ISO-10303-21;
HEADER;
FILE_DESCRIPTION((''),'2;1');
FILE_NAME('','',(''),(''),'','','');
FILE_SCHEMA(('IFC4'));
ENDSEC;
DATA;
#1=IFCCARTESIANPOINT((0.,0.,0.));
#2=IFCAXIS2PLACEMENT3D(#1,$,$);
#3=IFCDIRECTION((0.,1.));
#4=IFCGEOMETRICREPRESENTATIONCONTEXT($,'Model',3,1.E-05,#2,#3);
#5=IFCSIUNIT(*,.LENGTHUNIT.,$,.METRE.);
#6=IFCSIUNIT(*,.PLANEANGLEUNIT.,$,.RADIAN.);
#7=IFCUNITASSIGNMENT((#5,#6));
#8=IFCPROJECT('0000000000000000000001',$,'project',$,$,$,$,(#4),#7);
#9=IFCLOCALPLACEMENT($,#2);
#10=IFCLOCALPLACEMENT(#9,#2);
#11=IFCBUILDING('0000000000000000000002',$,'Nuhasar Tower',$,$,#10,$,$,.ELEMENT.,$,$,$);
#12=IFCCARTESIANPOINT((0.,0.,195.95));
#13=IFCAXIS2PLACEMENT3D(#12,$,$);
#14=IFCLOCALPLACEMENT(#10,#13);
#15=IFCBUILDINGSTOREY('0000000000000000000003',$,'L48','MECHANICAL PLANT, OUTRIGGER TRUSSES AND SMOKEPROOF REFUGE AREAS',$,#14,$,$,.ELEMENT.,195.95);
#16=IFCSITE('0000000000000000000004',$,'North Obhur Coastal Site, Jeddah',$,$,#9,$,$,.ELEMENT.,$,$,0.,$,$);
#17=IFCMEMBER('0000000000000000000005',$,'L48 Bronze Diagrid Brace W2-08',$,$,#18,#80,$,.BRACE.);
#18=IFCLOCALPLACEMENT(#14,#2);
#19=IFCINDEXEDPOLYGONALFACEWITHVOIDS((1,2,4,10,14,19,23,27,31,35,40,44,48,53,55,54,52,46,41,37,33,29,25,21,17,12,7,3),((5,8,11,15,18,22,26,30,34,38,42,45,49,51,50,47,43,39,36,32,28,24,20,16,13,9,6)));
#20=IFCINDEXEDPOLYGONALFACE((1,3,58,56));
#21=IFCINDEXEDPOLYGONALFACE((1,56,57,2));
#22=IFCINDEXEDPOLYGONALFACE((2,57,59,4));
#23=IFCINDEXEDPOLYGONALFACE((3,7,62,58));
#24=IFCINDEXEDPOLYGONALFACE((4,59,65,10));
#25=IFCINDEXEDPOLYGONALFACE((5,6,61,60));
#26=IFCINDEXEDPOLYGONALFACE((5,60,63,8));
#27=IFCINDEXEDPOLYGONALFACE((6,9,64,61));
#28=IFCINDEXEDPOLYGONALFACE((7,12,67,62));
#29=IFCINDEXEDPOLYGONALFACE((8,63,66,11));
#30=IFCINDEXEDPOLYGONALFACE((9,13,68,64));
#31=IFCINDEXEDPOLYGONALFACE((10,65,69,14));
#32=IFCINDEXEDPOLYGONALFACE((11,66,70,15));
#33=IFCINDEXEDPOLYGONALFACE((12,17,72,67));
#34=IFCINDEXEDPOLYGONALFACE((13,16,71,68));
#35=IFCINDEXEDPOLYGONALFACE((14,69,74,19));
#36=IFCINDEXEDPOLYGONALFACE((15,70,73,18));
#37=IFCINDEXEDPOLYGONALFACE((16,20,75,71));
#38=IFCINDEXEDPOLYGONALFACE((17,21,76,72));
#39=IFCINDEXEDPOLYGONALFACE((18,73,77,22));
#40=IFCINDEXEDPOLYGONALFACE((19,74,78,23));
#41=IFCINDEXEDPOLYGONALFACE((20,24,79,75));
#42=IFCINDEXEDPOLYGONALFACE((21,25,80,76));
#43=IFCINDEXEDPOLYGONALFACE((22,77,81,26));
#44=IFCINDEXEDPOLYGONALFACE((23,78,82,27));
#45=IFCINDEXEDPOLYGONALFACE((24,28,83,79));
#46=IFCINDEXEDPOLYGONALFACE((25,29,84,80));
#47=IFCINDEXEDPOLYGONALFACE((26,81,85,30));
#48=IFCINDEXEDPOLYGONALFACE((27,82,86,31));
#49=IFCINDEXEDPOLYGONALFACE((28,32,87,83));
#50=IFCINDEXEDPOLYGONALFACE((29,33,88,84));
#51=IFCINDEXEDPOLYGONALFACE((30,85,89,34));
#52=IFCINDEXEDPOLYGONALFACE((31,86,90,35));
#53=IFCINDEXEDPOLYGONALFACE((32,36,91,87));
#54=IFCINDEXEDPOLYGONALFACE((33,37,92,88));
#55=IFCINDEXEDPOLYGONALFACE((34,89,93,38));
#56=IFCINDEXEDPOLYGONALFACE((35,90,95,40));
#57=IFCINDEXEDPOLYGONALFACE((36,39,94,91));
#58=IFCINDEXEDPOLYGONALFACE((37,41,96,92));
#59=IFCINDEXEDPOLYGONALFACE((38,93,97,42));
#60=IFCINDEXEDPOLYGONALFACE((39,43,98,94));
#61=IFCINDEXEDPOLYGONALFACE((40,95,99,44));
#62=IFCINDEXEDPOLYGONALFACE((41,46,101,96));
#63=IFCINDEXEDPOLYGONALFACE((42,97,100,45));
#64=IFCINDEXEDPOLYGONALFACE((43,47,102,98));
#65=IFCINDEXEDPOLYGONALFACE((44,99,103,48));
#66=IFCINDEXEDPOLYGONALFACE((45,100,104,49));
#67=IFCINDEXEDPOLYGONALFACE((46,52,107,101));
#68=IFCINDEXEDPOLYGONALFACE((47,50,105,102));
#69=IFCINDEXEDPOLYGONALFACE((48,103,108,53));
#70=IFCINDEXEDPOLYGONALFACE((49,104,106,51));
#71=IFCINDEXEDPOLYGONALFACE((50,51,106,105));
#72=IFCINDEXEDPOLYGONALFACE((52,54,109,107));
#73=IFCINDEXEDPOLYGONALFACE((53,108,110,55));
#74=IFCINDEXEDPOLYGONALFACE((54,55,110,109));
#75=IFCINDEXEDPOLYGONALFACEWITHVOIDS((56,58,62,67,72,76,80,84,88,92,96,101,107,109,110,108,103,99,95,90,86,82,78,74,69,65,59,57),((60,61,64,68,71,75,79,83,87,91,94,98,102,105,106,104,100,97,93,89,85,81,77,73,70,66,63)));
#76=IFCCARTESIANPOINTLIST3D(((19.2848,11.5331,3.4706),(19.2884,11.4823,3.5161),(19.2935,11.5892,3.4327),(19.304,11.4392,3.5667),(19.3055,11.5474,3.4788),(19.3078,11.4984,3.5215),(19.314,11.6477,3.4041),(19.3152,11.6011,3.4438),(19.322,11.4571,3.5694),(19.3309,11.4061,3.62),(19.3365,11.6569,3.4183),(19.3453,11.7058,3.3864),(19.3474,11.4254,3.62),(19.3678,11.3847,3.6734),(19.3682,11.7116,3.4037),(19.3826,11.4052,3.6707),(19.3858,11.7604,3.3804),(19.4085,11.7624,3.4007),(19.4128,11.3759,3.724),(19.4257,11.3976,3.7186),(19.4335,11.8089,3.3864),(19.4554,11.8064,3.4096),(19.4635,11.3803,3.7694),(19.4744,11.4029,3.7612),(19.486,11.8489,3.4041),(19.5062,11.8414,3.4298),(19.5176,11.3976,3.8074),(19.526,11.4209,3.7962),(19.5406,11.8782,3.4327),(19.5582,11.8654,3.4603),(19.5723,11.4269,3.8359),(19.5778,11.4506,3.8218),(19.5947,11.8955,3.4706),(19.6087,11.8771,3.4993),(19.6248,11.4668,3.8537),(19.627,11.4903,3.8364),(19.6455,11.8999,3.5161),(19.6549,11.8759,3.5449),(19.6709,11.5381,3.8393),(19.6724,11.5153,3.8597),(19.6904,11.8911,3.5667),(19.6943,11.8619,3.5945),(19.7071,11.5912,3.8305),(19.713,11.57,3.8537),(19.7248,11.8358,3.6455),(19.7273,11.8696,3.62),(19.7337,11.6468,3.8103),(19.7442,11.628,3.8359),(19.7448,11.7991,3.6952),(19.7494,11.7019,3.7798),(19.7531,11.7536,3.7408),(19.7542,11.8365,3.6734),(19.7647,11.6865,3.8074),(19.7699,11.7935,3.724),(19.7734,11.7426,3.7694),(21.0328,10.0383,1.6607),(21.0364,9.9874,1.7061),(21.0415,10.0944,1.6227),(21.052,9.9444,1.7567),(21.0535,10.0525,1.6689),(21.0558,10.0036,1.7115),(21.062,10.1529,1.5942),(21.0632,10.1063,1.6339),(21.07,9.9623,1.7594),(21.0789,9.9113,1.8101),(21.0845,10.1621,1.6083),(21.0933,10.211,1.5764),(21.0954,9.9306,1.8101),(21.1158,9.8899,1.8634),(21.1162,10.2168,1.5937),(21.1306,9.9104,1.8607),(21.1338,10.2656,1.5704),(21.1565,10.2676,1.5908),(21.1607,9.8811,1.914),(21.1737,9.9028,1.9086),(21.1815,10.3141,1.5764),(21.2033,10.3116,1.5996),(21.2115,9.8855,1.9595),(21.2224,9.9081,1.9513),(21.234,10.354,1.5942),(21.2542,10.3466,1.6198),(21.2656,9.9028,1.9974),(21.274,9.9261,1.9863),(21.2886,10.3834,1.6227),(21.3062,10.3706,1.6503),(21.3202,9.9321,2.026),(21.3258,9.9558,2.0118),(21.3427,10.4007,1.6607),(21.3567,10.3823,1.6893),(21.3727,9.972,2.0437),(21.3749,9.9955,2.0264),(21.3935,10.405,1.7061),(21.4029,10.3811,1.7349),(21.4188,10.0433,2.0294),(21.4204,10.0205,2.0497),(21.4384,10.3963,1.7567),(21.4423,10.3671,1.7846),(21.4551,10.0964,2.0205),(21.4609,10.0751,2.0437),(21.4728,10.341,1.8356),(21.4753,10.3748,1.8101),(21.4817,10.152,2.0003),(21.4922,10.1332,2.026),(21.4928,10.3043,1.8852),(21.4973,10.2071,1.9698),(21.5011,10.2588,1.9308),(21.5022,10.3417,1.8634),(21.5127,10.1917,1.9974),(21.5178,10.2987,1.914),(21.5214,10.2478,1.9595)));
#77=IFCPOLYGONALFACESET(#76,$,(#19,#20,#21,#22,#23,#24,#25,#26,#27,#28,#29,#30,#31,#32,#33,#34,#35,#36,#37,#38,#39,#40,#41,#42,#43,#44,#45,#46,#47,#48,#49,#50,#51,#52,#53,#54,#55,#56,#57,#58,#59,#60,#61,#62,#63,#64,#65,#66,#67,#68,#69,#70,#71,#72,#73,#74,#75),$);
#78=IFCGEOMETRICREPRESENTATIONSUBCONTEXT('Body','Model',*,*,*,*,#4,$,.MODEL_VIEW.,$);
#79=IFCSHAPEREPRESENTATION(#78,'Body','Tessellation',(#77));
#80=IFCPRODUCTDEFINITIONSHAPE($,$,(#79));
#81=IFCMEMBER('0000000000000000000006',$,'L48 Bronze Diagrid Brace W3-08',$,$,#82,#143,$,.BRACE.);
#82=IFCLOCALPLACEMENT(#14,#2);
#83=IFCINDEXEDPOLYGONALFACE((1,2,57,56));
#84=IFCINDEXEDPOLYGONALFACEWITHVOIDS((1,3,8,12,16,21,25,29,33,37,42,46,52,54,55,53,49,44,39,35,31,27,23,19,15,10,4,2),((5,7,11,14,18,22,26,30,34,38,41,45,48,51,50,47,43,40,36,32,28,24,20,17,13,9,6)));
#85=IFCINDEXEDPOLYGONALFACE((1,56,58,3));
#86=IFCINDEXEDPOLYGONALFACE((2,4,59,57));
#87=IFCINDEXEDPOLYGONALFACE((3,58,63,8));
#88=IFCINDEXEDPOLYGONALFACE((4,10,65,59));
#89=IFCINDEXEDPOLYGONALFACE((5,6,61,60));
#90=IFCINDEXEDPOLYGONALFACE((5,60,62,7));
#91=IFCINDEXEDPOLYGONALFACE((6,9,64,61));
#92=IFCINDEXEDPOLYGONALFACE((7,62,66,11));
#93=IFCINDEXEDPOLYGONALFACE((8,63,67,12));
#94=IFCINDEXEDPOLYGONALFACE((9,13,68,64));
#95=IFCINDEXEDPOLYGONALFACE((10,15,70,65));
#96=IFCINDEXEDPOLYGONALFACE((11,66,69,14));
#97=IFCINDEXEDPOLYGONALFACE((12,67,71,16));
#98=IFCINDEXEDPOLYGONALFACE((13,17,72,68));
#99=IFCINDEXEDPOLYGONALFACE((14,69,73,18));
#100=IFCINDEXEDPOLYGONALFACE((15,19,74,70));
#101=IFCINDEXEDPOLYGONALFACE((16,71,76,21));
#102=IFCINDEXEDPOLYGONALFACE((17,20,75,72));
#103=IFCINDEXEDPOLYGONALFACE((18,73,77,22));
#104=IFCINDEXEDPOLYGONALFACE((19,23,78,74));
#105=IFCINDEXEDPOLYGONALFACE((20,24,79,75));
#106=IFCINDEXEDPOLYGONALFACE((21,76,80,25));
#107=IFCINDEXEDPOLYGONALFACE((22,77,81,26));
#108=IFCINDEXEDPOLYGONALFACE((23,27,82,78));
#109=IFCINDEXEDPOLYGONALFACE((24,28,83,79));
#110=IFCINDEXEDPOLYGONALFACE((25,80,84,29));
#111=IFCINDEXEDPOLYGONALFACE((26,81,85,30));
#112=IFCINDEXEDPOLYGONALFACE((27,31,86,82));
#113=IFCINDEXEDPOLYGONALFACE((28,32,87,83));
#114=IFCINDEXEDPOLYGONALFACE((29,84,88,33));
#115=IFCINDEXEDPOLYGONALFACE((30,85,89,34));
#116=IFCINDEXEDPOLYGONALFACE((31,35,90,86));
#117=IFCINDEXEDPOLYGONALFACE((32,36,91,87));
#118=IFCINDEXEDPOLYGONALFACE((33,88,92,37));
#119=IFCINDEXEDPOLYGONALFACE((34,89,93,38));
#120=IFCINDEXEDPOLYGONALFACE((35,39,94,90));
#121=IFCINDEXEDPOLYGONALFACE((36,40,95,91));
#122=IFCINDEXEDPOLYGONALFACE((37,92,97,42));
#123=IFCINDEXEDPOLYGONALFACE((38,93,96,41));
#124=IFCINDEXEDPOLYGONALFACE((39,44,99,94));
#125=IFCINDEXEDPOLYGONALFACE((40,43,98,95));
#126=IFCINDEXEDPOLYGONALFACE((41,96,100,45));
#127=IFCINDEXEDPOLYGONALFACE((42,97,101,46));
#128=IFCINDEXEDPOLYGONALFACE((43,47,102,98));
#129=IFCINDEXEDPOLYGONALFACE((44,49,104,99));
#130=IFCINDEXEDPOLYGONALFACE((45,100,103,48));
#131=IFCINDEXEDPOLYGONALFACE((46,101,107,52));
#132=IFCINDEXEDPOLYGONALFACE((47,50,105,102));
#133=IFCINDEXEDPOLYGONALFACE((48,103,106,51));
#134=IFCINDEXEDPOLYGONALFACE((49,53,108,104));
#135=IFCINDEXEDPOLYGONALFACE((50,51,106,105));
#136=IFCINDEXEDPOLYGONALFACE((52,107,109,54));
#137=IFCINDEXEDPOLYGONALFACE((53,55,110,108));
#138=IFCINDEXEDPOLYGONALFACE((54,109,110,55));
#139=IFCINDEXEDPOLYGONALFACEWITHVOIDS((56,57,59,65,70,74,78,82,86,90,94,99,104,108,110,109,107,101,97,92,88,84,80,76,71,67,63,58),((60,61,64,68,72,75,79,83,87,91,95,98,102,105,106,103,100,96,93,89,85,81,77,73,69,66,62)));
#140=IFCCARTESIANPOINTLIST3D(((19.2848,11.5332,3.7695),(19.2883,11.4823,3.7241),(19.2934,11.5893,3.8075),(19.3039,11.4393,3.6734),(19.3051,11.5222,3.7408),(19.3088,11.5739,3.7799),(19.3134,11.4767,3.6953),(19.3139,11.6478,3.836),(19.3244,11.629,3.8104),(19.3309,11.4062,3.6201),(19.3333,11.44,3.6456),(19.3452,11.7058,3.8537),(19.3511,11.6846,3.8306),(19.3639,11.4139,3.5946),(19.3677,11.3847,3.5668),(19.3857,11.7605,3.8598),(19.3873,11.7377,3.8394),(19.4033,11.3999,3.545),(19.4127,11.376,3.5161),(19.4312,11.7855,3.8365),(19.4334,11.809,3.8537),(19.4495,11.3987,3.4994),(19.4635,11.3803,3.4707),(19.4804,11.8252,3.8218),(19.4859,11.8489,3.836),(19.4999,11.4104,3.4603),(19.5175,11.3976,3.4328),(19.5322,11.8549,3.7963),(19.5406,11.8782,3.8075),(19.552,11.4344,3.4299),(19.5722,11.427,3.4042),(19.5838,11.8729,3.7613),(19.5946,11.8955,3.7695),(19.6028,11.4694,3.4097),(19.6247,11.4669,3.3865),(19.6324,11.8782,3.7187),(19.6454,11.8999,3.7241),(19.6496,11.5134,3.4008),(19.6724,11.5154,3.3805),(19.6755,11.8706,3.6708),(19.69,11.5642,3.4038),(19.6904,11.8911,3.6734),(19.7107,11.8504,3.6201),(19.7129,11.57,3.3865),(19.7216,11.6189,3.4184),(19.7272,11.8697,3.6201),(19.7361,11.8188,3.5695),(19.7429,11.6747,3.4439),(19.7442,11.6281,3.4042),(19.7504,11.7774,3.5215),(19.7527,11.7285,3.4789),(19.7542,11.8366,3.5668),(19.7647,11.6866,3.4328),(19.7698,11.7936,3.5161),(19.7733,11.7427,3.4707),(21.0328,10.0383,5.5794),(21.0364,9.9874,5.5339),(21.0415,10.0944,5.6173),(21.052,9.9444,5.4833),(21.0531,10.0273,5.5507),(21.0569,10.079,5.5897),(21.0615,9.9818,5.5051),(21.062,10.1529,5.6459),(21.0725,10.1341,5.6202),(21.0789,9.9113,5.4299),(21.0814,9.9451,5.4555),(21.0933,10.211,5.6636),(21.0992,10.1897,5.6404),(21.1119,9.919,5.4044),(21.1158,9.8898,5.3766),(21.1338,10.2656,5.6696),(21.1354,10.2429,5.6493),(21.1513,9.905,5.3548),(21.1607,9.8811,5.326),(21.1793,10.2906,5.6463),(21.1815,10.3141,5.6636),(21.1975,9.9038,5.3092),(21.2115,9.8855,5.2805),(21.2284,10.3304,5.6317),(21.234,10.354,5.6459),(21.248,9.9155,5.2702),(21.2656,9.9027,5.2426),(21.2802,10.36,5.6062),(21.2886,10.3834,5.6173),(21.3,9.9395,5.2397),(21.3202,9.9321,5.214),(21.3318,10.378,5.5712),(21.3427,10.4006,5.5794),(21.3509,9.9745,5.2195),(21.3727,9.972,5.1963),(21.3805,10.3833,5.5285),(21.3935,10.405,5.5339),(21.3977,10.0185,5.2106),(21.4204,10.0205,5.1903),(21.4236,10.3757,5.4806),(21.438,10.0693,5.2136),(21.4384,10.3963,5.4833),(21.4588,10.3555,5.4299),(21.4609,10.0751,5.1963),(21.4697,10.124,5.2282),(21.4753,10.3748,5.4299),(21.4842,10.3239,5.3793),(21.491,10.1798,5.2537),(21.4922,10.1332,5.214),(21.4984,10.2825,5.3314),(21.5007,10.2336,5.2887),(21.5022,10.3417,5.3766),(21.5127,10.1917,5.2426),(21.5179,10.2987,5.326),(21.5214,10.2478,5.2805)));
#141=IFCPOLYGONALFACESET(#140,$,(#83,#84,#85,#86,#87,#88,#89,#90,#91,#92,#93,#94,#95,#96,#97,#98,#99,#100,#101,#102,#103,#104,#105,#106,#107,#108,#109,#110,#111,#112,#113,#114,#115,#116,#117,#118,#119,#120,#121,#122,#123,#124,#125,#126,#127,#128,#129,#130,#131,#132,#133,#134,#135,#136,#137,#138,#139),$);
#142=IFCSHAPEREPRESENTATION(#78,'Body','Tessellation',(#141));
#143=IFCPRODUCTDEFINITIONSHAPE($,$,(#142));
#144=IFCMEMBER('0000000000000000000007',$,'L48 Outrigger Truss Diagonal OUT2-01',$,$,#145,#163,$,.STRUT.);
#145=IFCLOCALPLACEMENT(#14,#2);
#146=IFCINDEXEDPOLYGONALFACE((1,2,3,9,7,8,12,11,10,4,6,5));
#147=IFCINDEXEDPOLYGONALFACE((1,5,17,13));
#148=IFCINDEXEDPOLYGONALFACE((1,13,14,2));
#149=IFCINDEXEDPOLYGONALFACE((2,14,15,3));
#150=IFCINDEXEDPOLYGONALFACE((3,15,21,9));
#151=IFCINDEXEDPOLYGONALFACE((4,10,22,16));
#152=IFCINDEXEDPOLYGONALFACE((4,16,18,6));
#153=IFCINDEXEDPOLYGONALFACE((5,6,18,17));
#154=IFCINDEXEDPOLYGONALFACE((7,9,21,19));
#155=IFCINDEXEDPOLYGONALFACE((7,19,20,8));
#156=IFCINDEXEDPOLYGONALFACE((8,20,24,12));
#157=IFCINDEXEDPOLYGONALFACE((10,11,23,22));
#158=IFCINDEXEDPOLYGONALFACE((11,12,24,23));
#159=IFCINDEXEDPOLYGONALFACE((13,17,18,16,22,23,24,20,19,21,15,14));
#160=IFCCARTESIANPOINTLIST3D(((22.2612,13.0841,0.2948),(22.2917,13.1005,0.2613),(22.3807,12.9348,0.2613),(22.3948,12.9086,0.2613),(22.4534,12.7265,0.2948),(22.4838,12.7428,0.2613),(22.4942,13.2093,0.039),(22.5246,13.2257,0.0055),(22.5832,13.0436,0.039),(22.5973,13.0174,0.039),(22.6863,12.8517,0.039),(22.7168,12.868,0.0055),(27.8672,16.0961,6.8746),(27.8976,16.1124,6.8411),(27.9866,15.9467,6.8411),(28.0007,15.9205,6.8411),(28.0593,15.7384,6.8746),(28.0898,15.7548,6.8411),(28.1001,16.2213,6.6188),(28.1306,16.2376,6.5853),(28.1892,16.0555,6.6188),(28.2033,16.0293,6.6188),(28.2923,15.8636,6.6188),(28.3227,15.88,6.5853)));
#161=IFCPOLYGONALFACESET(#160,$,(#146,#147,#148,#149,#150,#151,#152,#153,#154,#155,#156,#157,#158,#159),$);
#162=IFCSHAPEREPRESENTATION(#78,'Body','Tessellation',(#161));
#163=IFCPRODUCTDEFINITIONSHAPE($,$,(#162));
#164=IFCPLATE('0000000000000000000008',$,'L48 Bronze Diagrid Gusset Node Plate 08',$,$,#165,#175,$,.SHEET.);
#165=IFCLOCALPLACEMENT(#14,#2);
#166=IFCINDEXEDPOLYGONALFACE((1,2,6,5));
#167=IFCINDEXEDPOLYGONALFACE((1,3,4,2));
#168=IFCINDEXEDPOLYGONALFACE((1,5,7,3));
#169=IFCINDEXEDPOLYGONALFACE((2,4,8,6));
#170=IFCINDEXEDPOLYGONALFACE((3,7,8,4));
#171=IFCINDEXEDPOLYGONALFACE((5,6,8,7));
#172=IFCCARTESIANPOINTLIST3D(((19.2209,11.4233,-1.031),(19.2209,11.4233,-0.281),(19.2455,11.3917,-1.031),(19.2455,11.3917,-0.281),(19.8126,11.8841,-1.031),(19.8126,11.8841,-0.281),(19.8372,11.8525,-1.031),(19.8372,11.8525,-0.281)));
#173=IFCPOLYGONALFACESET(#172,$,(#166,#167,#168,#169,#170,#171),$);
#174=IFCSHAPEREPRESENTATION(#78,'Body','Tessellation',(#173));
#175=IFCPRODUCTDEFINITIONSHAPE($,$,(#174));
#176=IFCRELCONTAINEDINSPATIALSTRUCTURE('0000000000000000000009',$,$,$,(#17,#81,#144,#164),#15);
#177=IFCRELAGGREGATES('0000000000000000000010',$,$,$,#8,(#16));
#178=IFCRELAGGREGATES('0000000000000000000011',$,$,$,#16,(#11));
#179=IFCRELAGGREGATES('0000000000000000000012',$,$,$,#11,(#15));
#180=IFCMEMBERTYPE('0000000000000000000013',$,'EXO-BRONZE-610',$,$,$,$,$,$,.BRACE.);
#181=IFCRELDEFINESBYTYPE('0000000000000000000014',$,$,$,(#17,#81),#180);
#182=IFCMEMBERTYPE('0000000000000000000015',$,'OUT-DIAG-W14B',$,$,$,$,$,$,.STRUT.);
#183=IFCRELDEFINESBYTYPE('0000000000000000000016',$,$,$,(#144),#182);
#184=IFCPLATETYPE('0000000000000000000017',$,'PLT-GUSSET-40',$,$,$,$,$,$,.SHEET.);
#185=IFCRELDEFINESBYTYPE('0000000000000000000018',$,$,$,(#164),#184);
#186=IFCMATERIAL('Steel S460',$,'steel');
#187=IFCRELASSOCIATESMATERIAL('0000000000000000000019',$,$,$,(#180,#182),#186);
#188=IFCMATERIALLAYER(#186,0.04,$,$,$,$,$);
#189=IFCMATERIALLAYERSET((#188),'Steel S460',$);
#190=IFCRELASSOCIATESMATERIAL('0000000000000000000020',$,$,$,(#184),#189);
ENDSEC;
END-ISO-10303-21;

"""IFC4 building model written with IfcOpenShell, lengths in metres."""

from ifc_helpers import new_model, si_unit, direction, frame, origin, origin_2d, place, context, subcontext, project, spatial, rectangle, hollow_circle, i_section, extrude, material, layer, layer_set, material_profile, profile_set, type_object, element, save


model = new_model("IFC4")

# Units and contexts
model_context = context("Model", 3, precision=1e-05, world=origin(), true_north=direction((0.0, 1.0)))
body_context = subcontext(model_context, "Body", "Model", "MODEL_VIEW")
ifc_project = project(units=[si_unit("LENGTHUNIT", "METRE"), si_unit("PLANEANGLEUNIT", "RADIAN")], contexts=[model_context])

# Site, building, storey
site_placement = place(None, origin())
site = spatial("IfcSite", under=ifc_project, at=site_placement, Name="North Obhur Coastal Site, Jeddah", CompositionType="ELEMENT", RefElevation=0.0)
building_placement = place(site_placement, origin())
building = spatial("IfcBuilding", under=site, at=building_placement, Name="Nuhasar Tower", CompositionType="ELEMENT")
storey_placement = place(building_placement, frame((0.0, 0.0, 195.95)))
storey = spatial("IfcBuildingStorey", under=building, at=storey_placement, Name="L48", Description="MECHANICAL PLANT, OUTRIGGER TRUSSES AND SMOKEPROOF REFUGE AREAS", CompositionType="ELEMENT", Elevation=195.95)

# Shared definitions
ifc_material_1 = material(Name="Steel S460", Category="steel")

# Members
ifc_material_profile_1 = material_profile(ifc_material_1, hollow_circle(Radius=0.3049, WallThickness=0.0254, at=origin_2d()), Name="HSS610X25.4")
ifc_profile_set_1 = profile_set([ifc_material_profile_1], Name="Steel S460")
member_type_1 = type_object("IfcMemberType", Name="EXO-BRONZE-610", PredefinedType="BRACE", material=ifc_profile_set_1)
for number, where, z_axis, x_axis, name in (
    (1, (21.2771, 10.1431, 1.8101), (-0.597239, 0.510739, 0.618426), (-0.649926, -0.759998, 0.0), "L48 Bronze Diagrid Brace W2-08"),
    (2, (19.5291, 11.6379, 3.6201), (0.59727, -0.510766, 0.618374), (0.649926, 0.759998, 0.0), "L48 Bronze Diagrid Brace W3-08"),
):
    element("IfcMember", number, at=place(storey_placement, frame(where, z_axis=z_axis, x_axis=x_axis)), inside=storey, type_object=member_type_1, Name=name, PredefinedType="BRACE", context=body_context, shape_type="SweptSolid", body=[
        extrude(hollow_circle(Radius=0.3049, WallThickness=0.0254, at=origin_2d()), origin(), (0.0, 0.0, 1.0), 2.9268),
    ])
ifc_material_profile_2 = material_profile(ifc_material_1, i_section(OverallWidth=0.406, OverallDepth=0.416, WebThickness=0.0298, FlangeThickness=0.0481, at=origin_2d()), Name="W14X257")
ifc_profile_set_2 = profile_set([ifc_material_profile_2], Name="Steel S460")
member_type_2 = type_object("IfcMemberType", Name="OUT-DIAG-W14B", PredefinedType="STRUT", material=ifc_profile_set_2)
member_1_placement = place(storey_placement, frame((22.489, 12.9761, 0.1501), z_axis=(0.612416, 0.329038, 0.718805), x_axis=(-0.473292, 0.880906, 0.0)))
element("IfcMember", 3, at=member_1_placement, inside=storey, type_object=member_type_2, Name="L48 Outrigger Truss Diagonal OUT2-01", PredefinedType="STRUT", context=body_context, shape_type="SweptSolid", body=[
    extrude(i_section(OverallWidth=0.406, OverallDepth=0.416, WebThickness=0.0298, FlangeThickness=0.0481, at=origin_2d()), origin(), (0.0, 0.0, 1.0), 9.1538),
])

# Plate
ifc_layer_1 = layer(ifc_material_1, 0.04)
ifc_layer_set_1 = layer_set([ifc_layer_1], Name="Steel S460")
plate_type = type_object("IfcPlateType", Name="PLT-GUSSET-40", PredefinedType="SHEET", material=ifc_layer_set_1)
plate_placement = place(storey_placement, frame((19.5291, 11.6379, -1.031), z_axis=(0.0, 0.0, 1.0), x_axis=(-0.788998, -0.614395, 0.0)))
element("IfcPlate", 4, at=plate_placement, inside=storey, type_object=plate_type, Name="L48 Bronze Diagrid Gusset Node Plate 08", PredefinedType="SHEET", context=body_context, shape_type="SweptSolid", body=[
    extrude(rectangle(XDim=0.75, YDim=0.04, at=origin_2d()), origin(), (0.0, 0.0, 1.0), 0.75),
])

save(model, "model.ifc")
